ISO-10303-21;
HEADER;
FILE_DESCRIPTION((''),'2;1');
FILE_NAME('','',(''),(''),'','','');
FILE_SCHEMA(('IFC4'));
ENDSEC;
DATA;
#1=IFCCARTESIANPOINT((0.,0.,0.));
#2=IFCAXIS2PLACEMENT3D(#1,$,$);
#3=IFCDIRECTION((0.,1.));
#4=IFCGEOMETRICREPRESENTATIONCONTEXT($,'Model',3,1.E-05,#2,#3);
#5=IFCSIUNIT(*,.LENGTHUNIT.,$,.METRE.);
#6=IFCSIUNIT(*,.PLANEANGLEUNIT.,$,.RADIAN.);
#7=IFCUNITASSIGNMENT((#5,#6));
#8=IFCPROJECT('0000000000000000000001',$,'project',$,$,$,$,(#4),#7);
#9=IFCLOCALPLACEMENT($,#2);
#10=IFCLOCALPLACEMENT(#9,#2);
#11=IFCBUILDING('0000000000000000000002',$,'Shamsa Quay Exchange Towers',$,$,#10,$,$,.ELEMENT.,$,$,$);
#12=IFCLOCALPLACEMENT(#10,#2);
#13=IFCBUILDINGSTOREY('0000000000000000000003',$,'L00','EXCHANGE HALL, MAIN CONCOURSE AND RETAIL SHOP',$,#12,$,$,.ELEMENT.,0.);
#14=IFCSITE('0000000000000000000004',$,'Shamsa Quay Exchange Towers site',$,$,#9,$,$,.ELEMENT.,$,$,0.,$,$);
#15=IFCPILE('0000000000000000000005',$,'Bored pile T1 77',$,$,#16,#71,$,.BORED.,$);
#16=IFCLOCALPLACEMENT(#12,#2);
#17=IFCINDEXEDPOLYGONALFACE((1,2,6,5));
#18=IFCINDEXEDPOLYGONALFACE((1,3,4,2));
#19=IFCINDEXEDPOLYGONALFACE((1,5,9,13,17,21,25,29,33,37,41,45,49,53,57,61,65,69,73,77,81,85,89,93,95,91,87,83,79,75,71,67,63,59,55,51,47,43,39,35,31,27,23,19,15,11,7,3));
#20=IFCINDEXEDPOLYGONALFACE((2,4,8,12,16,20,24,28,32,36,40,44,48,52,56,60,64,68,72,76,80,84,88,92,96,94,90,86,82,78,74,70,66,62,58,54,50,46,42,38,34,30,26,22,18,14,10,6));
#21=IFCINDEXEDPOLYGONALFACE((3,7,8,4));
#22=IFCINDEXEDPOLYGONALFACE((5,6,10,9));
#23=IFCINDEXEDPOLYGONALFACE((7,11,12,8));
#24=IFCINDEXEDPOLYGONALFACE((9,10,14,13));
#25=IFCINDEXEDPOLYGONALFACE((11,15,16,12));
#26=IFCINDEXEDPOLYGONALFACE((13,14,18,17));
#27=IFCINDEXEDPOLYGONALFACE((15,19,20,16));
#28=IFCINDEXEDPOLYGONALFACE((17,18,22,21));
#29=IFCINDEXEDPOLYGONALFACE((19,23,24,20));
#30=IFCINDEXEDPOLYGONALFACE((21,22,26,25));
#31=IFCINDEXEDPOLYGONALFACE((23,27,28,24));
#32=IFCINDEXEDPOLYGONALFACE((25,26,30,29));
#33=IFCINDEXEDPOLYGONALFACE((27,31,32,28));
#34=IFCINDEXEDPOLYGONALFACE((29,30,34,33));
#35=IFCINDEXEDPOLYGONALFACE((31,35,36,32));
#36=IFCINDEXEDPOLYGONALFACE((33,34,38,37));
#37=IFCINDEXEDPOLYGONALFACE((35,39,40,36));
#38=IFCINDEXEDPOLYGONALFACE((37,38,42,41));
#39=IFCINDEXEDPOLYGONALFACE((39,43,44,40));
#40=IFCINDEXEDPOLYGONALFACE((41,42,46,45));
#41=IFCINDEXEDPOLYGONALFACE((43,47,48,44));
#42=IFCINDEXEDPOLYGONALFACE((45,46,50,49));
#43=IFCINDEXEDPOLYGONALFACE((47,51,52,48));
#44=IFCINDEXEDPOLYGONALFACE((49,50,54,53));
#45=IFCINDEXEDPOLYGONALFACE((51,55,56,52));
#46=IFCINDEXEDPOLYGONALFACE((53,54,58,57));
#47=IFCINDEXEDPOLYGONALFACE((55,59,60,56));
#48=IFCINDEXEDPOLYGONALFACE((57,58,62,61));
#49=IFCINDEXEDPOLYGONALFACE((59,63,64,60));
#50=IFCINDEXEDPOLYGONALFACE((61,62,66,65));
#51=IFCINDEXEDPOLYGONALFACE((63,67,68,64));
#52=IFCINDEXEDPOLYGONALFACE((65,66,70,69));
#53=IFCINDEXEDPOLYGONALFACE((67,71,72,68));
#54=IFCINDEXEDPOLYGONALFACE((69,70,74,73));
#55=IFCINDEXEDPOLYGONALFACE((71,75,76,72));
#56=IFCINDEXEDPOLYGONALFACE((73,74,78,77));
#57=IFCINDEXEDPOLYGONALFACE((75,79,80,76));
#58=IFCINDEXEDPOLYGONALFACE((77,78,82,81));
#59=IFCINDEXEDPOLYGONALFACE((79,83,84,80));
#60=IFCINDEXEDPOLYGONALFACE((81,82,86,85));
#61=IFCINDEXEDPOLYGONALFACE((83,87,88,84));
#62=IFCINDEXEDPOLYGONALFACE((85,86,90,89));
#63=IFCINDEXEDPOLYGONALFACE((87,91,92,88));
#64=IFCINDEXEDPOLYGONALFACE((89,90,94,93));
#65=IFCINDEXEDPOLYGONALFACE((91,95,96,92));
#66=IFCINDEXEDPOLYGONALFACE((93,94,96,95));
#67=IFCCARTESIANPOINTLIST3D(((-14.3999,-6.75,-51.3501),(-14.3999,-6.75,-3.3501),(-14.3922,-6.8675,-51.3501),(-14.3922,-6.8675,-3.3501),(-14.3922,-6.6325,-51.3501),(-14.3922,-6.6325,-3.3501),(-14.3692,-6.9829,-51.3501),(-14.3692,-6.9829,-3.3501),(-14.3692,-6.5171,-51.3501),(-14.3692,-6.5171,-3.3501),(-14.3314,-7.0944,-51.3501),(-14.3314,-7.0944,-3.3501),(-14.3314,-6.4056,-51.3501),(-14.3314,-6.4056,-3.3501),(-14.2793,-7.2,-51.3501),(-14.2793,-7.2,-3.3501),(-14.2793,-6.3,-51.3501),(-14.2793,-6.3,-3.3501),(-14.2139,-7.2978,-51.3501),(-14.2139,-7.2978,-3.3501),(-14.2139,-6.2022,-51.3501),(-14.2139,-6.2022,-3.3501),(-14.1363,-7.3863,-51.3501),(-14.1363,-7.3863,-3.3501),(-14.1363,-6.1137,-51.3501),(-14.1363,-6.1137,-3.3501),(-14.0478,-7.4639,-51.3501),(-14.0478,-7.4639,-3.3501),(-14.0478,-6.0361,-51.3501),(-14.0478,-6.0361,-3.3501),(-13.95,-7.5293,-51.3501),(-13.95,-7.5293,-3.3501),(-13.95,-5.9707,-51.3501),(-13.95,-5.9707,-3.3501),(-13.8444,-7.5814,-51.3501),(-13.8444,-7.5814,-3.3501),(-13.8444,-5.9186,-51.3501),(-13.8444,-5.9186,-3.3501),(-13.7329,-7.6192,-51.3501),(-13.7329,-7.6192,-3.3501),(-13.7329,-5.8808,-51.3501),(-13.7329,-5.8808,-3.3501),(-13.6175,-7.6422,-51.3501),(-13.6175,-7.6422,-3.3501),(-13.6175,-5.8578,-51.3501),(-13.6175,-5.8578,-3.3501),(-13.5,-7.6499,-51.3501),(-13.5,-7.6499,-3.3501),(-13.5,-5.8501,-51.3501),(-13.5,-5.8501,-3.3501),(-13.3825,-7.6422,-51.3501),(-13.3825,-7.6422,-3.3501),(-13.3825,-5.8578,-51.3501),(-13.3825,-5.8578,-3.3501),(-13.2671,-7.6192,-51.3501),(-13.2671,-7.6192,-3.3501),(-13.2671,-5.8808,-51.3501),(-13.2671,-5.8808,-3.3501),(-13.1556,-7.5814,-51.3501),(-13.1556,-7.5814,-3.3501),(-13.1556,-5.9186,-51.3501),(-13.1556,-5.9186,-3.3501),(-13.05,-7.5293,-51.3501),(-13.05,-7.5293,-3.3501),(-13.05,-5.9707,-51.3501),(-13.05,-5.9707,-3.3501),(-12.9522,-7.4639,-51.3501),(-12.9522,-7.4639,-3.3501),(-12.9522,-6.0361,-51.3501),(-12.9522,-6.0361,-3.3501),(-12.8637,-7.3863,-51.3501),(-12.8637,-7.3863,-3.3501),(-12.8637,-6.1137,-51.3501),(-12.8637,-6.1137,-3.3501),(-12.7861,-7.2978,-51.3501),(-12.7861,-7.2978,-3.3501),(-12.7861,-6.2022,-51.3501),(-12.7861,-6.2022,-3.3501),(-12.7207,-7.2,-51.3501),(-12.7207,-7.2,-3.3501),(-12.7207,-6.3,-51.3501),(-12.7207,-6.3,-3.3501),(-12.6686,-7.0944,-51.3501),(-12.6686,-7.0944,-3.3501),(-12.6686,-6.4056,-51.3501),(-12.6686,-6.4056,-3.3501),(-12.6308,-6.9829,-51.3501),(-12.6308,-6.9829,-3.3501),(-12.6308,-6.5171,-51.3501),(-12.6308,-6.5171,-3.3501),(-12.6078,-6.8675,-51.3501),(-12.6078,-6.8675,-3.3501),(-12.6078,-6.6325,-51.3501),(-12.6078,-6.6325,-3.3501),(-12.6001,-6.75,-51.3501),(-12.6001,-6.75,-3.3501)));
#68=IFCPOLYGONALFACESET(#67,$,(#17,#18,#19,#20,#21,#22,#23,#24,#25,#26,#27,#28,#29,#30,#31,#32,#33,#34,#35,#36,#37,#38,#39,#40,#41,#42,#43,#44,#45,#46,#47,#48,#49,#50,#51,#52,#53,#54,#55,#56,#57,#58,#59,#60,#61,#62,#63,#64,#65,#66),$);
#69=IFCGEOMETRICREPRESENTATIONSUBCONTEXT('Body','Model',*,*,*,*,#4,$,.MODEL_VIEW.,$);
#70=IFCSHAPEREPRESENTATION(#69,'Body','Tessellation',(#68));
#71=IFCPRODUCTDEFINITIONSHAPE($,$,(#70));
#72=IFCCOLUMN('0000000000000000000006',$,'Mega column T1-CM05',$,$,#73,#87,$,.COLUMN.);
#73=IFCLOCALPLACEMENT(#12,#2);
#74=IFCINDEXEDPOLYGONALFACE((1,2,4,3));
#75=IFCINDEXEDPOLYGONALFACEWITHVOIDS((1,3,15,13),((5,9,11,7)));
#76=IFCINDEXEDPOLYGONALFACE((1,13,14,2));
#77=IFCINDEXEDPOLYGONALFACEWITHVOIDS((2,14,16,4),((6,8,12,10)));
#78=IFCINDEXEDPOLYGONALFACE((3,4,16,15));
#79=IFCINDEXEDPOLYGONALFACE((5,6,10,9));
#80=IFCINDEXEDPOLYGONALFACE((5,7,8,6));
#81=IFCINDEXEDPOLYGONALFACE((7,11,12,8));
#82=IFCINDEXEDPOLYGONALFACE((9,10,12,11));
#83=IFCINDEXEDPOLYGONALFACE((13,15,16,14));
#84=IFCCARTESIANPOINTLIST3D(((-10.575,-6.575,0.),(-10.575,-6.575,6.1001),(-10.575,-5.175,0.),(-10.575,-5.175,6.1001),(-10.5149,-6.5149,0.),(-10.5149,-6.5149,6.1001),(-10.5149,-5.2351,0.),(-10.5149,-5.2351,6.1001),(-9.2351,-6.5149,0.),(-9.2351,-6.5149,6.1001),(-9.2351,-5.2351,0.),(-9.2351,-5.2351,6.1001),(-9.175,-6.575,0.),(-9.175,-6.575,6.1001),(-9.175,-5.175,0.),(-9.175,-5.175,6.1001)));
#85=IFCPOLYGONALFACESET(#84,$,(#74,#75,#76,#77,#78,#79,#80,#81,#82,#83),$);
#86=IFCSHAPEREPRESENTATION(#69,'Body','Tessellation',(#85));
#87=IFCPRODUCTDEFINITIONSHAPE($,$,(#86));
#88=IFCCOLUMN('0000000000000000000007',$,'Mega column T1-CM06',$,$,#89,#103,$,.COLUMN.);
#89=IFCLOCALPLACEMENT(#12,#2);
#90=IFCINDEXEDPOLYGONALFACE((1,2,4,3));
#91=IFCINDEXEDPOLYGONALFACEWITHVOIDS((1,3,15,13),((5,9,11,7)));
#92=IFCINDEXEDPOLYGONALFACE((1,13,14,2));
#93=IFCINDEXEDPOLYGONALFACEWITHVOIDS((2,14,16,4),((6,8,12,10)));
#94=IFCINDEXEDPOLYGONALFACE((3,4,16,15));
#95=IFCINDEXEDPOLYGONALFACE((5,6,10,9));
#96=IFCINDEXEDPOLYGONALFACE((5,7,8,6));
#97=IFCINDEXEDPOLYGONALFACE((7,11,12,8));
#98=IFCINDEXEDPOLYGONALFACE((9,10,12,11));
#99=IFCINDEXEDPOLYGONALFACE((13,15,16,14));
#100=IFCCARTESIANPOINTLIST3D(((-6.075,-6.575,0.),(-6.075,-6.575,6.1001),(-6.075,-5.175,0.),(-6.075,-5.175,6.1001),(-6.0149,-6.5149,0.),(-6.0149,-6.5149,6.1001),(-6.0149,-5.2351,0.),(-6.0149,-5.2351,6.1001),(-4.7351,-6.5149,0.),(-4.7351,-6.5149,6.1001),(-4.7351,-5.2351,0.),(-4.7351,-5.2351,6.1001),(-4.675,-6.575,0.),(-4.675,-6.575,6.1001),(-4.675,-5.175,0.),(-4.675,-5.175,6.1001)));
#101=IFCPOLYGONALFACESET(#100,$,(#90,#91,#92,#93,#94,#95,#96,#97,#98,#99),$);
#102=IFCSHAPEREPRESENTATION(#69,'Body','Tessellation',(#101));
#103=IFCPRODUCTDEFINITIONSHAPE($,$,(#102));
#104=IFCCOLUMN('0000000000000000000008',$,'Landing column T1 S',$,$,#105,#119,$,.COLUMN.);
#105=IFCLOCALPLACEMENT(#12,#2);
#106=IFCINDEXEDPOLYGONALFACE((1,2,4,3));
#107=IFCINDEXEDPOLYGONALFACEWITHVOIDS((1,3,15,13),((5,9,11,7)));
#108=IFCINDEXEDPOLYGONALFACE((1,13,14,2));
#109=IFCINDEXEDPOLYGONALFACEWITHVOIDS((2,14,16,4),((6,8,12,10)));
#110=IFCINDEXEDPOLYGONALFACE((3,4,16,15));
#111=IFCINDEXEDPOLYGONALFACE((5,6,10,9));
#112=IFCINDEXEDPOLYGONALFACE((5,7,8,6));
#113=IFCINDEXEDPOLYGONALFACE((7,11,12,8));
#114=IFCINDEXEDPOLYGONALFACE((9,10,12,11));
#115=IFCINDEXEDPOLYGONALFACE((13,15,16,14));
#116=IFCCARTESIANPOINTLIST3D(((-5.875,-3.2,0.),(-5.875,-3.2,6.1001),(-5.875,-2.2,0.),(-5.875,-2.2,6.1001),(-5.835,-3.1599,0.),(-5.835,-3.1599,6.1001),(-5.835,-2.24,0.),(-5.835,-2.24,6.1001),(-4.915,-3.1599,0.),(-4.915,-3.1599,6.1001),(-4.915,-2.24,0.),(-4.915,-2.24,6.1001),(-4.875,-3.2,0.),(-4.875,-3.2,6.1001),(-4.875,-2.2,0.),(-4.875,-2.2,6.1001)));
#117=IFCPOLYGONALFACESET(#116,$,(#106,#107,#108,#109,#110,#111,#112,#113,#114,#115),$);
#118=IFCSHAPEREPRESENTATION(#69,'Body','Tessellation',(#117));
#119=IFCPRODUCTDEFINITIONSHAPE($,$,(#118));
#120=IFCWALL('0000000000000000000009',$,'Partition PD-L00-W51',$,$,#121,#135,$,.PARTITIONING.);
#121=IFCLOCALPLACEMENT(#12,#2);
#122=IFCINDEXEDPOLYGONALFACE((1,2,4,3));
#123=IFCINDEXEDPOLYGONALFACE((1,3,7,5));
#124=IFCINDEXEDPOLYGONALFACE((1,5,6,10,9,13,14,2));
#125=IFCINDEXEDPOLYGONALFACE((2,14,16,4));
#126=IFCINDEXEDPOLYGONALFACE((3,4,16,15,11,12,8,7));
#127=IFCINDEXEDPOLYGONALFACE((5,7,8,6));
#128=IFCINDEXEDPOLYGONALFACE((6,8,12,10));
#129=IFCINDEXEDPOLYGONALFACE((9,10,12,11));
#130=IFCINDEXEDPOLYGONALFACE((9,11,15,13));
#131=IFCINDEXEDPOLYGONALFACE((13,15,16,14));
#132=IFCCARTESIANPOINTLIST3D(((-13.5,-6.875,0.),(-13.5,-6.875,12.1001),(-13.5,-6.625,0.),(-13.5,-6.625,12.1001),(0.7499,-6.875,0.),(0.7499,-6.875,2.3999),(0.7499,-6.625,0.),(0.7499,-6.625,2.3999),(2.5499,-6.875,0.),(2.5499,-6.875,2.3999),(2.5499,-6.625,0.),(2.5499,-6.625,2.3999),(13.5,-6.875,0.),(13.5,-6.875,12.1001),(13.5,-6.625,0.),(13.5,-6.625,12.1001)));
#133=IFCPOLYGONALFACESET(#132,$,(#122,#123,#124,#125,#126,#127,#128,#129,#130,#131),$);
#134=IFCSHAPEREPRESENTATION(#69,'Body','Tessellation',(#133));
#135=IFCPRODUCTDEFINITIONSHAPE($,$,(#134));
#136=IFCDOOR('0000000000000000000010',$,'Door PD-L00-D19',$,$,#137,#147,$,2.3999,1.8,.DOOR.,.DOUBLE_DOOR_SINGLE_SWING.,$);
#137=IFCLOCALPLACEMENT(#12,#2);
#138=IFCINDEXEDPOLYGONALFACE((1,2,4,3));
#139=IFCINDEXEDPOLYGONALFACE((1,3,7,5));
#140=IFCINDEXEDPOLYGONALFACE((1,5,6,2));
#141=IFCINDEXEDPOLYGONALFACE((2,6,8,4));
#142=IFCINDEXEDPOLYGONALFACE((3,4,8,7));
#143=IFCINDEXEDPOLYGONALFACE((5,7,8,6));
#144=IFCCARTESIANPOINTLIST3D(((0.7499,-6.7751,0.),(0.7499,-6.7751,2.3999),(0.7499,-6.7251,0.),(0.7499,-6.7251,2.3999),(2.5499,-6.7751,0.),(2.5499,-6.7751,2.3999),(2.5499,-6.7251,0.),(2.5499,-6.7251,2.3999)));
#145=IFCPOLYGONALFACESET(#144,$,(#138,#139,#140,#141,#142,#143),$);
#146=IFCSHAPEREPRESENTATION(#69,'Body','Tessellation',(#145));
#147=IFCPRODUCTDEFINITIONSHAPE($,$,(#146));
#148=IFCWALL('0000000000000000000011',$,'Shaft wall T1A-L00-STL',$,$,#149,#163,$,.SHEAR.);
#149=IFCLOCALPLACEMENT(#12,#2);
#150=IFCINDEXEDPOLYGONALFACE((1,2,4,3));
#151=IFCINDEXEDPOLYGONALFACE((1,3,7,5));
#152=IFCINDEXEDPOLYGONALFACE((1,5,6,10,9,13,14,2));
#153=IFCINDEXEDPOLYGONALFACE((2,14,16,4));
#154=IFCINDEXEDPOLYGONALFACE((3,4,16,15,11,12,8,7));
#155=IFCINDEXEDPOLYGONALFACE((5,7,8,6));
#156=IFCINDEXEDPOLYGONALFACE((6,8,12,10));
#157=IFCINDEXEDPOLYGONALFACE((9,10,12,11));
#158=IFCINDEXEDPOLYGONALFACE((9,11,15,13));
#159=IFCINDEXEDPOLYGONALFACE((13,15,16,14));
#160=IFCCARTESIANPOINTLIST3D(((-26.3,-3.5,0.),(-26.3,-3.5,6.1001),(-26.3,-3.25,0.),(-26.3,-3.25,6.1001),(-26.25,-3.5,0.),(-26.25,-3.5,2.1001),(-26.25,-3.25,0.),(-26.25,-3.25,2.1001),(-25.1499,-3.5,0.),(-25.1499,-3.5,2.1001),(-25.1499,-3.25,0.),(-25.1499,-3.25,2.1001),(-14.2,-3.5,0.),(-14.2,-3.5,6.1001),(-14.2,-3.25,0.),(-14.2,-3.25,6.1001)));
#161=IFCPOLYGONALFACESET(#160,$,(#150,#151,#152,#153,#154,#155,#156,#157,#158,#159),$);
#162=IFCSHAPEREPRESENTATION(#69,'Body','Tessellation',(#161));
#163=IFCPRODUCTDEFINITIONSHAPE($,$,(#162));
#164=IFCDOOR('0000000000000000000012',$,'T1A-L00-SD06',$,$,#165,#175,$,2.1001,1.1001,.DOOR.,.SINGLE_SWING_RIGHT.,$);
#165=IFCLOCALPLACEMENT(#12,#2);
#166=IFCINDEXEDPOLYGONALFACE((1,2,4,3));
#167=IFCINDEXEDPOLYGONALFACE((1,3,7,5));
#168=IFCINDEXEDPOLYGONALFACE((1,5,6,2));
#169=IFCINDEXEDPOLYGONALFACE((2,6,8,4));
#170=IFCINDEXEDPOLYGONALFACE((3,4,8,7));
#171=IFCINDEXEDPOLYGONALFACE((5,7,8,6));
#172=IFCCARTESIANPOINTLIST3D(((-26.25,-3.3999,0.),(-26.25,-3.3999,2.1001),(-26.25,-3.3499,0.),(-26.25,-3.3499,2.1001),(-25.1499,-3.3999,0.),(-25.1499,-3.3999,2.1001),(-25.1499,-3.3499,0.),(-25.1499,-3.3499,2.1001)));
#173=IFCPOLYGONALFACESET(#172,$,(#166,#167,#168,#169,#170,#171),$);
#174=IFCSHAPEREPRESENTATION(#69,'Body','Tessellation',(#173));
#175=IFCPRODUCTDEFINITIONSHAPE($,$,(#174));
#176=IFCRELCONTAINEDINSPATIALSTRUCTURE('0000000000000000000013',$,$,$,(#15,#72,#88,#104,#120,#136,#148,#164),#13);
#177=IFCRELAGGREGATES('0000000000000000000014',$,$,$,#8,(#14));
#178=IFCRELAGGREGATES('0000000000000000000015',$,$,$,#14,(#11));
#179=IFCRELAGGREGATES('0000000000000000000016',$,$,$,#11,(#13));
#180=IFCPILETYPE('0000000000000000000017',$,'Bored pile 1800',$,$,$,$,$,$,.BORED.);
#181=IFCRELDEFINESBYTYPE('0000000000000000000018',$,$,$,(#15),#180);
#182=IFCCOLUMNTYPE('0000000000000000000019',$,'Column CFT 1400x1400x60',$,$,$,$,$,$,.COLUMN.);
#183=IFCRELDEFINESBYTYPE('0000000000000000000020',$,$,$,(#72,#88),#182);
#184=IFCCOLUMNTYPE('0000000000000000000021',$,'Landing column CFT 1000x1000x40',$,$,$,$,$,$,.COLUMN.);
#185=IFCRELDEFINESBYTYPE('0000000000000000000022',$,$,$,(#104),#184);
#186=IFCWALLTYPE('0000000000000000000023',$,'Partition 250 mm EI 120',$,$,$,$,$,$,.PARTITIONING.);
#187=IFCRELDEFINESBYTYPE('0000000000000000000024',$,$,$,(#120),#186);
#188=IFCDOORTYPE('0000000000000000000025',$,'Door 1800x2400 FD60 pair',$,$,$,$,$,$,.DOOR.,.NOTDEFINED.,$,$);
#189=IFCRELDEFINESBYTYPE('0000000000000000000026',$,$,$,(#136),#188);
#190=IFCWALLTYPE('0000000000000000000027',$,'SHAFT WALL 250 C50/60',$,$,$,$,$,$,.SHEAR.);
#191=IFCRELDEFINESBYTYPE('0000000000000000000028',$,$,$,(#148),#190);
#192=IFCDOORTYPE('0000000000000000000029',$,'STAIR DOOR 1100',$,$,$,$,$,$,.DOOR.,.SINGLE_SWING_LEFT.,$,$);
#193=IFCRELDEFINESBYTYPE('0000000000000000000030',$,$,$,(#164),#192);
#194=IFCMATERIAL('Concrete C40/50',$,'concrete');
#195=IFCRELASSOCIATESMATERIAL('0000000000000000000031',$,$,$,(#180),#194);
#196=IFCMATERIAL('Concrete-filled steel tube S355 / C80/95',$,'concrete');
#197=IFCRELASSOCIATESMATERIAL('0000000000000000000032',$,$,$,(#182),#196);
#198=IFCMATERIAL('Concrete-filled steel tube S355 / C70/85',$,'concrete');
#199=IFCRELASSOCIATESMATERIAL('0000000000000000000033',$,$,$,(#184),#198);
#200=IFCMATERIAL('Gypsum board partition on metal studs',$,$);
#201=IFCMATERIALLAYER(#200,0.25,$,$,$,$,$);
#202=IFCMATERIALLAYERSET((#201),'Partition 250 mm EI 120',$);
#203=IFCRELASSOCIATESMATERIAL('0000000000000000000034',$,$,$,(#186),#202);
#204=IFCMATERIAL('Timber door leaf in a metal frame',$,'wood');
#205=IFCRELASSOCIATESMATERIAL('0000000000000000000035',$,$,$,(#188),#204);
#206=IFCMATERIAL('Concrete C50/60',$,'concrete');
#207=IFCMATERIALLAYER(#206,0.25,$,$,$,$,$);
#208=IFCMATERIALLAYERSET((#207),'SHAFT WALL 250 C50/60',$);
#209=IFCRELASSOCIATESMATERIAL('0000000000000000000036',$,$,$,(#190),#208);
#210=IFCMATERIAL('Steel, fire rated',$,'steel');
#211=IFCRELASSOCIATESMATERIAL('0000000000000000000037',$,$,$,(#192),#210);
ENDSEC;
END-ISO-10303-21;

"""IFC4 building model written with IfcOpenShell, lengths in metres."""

from ifc_helpers import new_model, si_unit, direction, frame, frame_2d, origin, origin_2d, place, context, subcontext, project, spatial, rectangle, hollow_rectangle, circle, extrude, material, layer, layer_set, material_profile, profile_set, type_object, element, fill, save


model = new_model("IFC4")

# Units and contexts
model_context = context("Model", 3, precision=1e-05, world=origin(), true_north=direction((0.0, 1.0)))
body_context = subcontext(model_context, "Body", "Model", "MODEL_VIEW")
ifc_project = project(units=[si_unit("LENGTHUNIT", "METRE"), si_unit("PLANEANGLEUNIT", "RADIAN")], contexts=[model_context])

# Site, building, storey
site_placement = place(None, origin())
site = spatial("IfcSite", under=ifc_project, at=site_placement, Name="Shamsa Quay Exchange Towers site", CompositionType="ELEMENT", RefElevation=0.0)
building_placement = place(site_placement, origin())
building = spatial("IfcBuilding", under=site, at=building_placement, Name="Shamsa Quay Exchange Towers", CompositionType="ELEMENT")
storey_placement = place(building_placement, origin())
storey = spatial("IfcBuildingStorey", under=building, at=storey_placement, Name="L00", Description="EXCHANGE HALL, MAIN CONCOURSE AND RETAIL SHOP", CompositionType="ELEMENT", Elevation=0.0)

# Pile
ifc_material_1 = material(Name="Concrete C40/50", Category="concrete")
ifc_material_profile_1 = material_profile(ifc_material_1, circle(Radius=0.8999, at=origin_2d()), Name="BP1800")
ifc_profile_set_1 = profile_set([ifc_material_profile_1], Name="Concrete C40/50")
pile_type_1 = type_object("IfcPileType", Name="Bored pile 1800", PredefinedType="BORED", material=ifc_profile_set_1)
pile_placement = place(storey_placement, frame((-13.5, -6.75, -3.3501), z_axis=(0.0, 0.0, -1.0), x_axis=(1.0, 0.0, 0.0)))
element("IfcPile", 1, at=pile_placement, inside=storey, type_object=pile_type_1, Name="Bored pile T1 77", PredefinedType="BORED", context=body_context, shape_type="SweptSolid", body=[
    extrude(circle(Radius=0.8999, at=origin_2d()), origin(), (0.0, 0.0, 1.0), 48.0),
])

# Columns
ifc_material_2 = material(Name="Concrete-filled steel tube S355 / C80/95", Category="concrete")
ifc_material_profile_2 = material_profile(ifc_material_2, hollow_rectangle(XDim=1.3999, YDim=1.3999, WallThickness=0.0601, at=origin_2d()), Name="CFT 1400x1400x60")
ifc_profile_set_2 = profile_set([ifc_material_profile_2], Name="Concrete-filled steel tube S355 / C80/95")
column_type_1 = type_object("IfcColumnType", Name="Column CFT 1400x1400x60", PredefinedType="COLUMN", material=ifc_profile_set_2)
for number, where, name in (
    (2, (-9.875, -5.875, 0.0), "Mega column T1-CM05"),
    (3, (-5.375, -5.875, 0.0), "Mega column T1-CM06"),
):
    element("IfcColumn", number, at=place(storey_placement, frame(where)), inside=storey, type_object=column_type_1, Name=name, PredefinedType="COLUMN", context=body_context, shape_type="SweptSolid", body=[
        extrude(hollow_rectangle(XDim=1.3999, YDim=1.3999, WallThickness=0.0601, at=origin_2d()), origin(), (0.0, 0.0, 1.0), 6.1001),
    ])
ifc_material_3 = material(Name="Concrete-filled steel tube S355 / C70/85", Category="concrete")
ifc_material_profile_3 = material_profile(ifc_material_3, hollow_rectangle(XDim=1.0, YDim=1.0, WallThickness=0.04, at=origin_2d()), Name="CFT 1000x1000x40")
ifc_profile_set_3 = profile_set([ifc_material_profile_3], Name="Concrete-filled steel tube S355 / C70/85")
column_type_2 = type_object("IfcColumnType", Name="Landing column CFT 1000x1000x40", PredefinedType="COLUMN", material=ifc_profile_set_3)
column_placement = place(storey_placement, frame((-5.375, -2.7, 0.0)))
element("IfcColumn", 4, at=column_placement, inside=storey, type_object=column_type_2, Name="Landing column T1 S", PredefinedType="COLUMN", context=body_context, shape_type="SweptSolid", body=[
    extrude(hollow_rectangle(XDim=1.0, YDim=1.0, WallThickness=0.04, at=origin_2d()), origin(), (0.0, 0.0, 1.0), 6.1001),
])

# Walls, openings, doors
ifc_material_4 = material(Name="Gypsum board partition on metal studs")
ifc_layer_1 = layer(ifc_material_4, 0.25)
ifc_layer_set_1 = layer_set([ifc_layer_1], Name="Partition 250 mm EI 120")
wall_type_1 = type_object("IfcWallType", Name="Partition 250 mm EI 120", PredefinedType="PARTITIONING", material=ifc_layer_set_1)
wall_1_placement = place(storey_placement, frame((-13.5, -6.75, 0.0)))
wall_1 = element("IfcWall", 5, at=wall_1_placement, inside=storey, type_object=wall_type_1, Name="Partition PD-L00-W51", PredefinedType="PARTITIONING", context=body_context, shape_type="SweptSolid", body=[
    extrude(rectangle(XDim=27.0, YDim=0.25, at=frame_2d((13.5, 0.0))), origin(), (0.0, 0.0, 1.0), 12.1001),
])
opening_1_placement = place(wall_1_placement, frame((14.25, 0.0, 0.0)))
opening_1 = element("IfcOpeningElement", 6, at=opening_1_placement, cuts=wall_1, PredefinedType="OPENING", context=body_context, shape_type="SweptSolid", body=[
    extrude(rectangle(XDim=1.8, YDim=2.3999, at=frame_2d((0.8999, 1.2))), frame((0.0, 0.135, 0.0), z_axis=(0.0, -1.0, 0.0), x_axis=(1.0, 0.0, 0.0)), (0.0, 0.0, 1.0), 0.27),
])
ifc_material_5 = material(Name="Timber door leaf in a metal frame", Category="wood")
door_type_1 = type_object("IfcDoorType", Name="Door 1800x2400 FD60 pair", OperationType="NOTDEFINED", PredefinedType="DOOR", material=ifc_material_5)
door_1_placement = place(opening_1_placement, origin())
door_1 = element("IfcDoor", 7, at=door_1_placement, inside=storey, type_object=door_type_1, Name="Door PD-L00-D19", OperationType="DOUBLE_DOOR_SINGLE_SWING", OverallHeight=2.3999, OverallWidth=1.8, PredefinedType="DOOR", context=body_context, shape_type="SweptSolid", body=[
    extrude(rectangle(XDim=1.8, YDim=2.3999, at=frame_2d((0.8999, 1.2))), frame((0.0, 0.0249, 0.0), z_axis=(0.0, -1.0, 0.0), x_axis=(1.0, 0.0, 0.0)), (0.0, 0.0, 1.0), 0.05),
])
fill(opening_1, door_1)
ifc_material_6 = material(Name="Concrete C50/60", Category="concrete")
ifc_layer_2 = layer(ifc_material_6, 0.25)
ifc_layer_set_2 = layer_set([ifc_layer_2], Name="SHAFT WALL 250 C50/60")
wall_type_2 = type_object("IfcWallType", Name="SHAFT WALL 250 C50/60", PredefinedType="SHEAR", material=ifc_layer_set_2)
wall_2_placement = place(storey_placement, frame((-14.2, -3.375, 0.0), z_axis=(0.0, 0.0, 1.0), x_axis=(-1.0, 0.0, 0.0)))
wall_2 = element("IfcWall", 8, at=wall_2_placement, inside=storey, type_object=wall_type_2, Name="Shaft wall T1A-L00-STL", PredefinedType="SHEAR", context=body_context, shape_type="SweptSolid", body=[
    extrude(rectangle(XDim=12.1001, YDim=0.25, at=frame_2d((6.05, 0.0))), origin(), (0.0, 0.0, 1.0), 6.1001),
])
opening_2_placement = place(wall_2_placement, frame((10.95, 0.0, 0.0)))
opening_2 = element("IfcOpeningElement", 9, at=opening_2_placement, cuts=wall_2, PredefinedType="OPENING", context=body_context, shape_type="SweptSolid", body=[
    extrude(rectangle(XDim=1.1001, YDim=2.1001, at=frame_2d((0.55, 1.05))), frame((0.0, 0.135, 0.0), z_axis=(0.0, -1.0, 0.0), x_axis=(1.0, 0.0, 0.0)), (0.0, 0.0, 1.0), 0.27),
])
ifc_material_7 = material(Name="Steel, fire rated", Category="steel")
door_type_2 = type_object("IfcDoorType", Name="STAIR DOOR 1100", OperationType="SINGLE_SWING_LEFT", PredefinedType="DOOR", material=ifc_material_7)
door_2_placement = place(opening_2_placement, origin())
door_2 = element("IfcDoor", 10, at=door_2_placement, inside=storey, type_object=door_type_2, Name="T1A-L00-SD06", OperationType="SINGLE_SWING_RIGHT", OverallHeight=2.1001, OverallWidth=1.1001, PredefinedType="DOOR", context=body_context, shape_type="SweptSolid", body=[
    extrude(rectangle(XDim=1.1001, YDim=2.1001, at=frame_2d((0.55, 1.05))), frame((0.0, 0.0249, 0.0), z_axis=(0.0, -1.0, 0.0), x_axis=(1.0, 0.0, 0.0)), (0.0, 0.0, 1.0), 0.05),
])
fill(opening_2, door_2)

save(model, "model.ifc")
